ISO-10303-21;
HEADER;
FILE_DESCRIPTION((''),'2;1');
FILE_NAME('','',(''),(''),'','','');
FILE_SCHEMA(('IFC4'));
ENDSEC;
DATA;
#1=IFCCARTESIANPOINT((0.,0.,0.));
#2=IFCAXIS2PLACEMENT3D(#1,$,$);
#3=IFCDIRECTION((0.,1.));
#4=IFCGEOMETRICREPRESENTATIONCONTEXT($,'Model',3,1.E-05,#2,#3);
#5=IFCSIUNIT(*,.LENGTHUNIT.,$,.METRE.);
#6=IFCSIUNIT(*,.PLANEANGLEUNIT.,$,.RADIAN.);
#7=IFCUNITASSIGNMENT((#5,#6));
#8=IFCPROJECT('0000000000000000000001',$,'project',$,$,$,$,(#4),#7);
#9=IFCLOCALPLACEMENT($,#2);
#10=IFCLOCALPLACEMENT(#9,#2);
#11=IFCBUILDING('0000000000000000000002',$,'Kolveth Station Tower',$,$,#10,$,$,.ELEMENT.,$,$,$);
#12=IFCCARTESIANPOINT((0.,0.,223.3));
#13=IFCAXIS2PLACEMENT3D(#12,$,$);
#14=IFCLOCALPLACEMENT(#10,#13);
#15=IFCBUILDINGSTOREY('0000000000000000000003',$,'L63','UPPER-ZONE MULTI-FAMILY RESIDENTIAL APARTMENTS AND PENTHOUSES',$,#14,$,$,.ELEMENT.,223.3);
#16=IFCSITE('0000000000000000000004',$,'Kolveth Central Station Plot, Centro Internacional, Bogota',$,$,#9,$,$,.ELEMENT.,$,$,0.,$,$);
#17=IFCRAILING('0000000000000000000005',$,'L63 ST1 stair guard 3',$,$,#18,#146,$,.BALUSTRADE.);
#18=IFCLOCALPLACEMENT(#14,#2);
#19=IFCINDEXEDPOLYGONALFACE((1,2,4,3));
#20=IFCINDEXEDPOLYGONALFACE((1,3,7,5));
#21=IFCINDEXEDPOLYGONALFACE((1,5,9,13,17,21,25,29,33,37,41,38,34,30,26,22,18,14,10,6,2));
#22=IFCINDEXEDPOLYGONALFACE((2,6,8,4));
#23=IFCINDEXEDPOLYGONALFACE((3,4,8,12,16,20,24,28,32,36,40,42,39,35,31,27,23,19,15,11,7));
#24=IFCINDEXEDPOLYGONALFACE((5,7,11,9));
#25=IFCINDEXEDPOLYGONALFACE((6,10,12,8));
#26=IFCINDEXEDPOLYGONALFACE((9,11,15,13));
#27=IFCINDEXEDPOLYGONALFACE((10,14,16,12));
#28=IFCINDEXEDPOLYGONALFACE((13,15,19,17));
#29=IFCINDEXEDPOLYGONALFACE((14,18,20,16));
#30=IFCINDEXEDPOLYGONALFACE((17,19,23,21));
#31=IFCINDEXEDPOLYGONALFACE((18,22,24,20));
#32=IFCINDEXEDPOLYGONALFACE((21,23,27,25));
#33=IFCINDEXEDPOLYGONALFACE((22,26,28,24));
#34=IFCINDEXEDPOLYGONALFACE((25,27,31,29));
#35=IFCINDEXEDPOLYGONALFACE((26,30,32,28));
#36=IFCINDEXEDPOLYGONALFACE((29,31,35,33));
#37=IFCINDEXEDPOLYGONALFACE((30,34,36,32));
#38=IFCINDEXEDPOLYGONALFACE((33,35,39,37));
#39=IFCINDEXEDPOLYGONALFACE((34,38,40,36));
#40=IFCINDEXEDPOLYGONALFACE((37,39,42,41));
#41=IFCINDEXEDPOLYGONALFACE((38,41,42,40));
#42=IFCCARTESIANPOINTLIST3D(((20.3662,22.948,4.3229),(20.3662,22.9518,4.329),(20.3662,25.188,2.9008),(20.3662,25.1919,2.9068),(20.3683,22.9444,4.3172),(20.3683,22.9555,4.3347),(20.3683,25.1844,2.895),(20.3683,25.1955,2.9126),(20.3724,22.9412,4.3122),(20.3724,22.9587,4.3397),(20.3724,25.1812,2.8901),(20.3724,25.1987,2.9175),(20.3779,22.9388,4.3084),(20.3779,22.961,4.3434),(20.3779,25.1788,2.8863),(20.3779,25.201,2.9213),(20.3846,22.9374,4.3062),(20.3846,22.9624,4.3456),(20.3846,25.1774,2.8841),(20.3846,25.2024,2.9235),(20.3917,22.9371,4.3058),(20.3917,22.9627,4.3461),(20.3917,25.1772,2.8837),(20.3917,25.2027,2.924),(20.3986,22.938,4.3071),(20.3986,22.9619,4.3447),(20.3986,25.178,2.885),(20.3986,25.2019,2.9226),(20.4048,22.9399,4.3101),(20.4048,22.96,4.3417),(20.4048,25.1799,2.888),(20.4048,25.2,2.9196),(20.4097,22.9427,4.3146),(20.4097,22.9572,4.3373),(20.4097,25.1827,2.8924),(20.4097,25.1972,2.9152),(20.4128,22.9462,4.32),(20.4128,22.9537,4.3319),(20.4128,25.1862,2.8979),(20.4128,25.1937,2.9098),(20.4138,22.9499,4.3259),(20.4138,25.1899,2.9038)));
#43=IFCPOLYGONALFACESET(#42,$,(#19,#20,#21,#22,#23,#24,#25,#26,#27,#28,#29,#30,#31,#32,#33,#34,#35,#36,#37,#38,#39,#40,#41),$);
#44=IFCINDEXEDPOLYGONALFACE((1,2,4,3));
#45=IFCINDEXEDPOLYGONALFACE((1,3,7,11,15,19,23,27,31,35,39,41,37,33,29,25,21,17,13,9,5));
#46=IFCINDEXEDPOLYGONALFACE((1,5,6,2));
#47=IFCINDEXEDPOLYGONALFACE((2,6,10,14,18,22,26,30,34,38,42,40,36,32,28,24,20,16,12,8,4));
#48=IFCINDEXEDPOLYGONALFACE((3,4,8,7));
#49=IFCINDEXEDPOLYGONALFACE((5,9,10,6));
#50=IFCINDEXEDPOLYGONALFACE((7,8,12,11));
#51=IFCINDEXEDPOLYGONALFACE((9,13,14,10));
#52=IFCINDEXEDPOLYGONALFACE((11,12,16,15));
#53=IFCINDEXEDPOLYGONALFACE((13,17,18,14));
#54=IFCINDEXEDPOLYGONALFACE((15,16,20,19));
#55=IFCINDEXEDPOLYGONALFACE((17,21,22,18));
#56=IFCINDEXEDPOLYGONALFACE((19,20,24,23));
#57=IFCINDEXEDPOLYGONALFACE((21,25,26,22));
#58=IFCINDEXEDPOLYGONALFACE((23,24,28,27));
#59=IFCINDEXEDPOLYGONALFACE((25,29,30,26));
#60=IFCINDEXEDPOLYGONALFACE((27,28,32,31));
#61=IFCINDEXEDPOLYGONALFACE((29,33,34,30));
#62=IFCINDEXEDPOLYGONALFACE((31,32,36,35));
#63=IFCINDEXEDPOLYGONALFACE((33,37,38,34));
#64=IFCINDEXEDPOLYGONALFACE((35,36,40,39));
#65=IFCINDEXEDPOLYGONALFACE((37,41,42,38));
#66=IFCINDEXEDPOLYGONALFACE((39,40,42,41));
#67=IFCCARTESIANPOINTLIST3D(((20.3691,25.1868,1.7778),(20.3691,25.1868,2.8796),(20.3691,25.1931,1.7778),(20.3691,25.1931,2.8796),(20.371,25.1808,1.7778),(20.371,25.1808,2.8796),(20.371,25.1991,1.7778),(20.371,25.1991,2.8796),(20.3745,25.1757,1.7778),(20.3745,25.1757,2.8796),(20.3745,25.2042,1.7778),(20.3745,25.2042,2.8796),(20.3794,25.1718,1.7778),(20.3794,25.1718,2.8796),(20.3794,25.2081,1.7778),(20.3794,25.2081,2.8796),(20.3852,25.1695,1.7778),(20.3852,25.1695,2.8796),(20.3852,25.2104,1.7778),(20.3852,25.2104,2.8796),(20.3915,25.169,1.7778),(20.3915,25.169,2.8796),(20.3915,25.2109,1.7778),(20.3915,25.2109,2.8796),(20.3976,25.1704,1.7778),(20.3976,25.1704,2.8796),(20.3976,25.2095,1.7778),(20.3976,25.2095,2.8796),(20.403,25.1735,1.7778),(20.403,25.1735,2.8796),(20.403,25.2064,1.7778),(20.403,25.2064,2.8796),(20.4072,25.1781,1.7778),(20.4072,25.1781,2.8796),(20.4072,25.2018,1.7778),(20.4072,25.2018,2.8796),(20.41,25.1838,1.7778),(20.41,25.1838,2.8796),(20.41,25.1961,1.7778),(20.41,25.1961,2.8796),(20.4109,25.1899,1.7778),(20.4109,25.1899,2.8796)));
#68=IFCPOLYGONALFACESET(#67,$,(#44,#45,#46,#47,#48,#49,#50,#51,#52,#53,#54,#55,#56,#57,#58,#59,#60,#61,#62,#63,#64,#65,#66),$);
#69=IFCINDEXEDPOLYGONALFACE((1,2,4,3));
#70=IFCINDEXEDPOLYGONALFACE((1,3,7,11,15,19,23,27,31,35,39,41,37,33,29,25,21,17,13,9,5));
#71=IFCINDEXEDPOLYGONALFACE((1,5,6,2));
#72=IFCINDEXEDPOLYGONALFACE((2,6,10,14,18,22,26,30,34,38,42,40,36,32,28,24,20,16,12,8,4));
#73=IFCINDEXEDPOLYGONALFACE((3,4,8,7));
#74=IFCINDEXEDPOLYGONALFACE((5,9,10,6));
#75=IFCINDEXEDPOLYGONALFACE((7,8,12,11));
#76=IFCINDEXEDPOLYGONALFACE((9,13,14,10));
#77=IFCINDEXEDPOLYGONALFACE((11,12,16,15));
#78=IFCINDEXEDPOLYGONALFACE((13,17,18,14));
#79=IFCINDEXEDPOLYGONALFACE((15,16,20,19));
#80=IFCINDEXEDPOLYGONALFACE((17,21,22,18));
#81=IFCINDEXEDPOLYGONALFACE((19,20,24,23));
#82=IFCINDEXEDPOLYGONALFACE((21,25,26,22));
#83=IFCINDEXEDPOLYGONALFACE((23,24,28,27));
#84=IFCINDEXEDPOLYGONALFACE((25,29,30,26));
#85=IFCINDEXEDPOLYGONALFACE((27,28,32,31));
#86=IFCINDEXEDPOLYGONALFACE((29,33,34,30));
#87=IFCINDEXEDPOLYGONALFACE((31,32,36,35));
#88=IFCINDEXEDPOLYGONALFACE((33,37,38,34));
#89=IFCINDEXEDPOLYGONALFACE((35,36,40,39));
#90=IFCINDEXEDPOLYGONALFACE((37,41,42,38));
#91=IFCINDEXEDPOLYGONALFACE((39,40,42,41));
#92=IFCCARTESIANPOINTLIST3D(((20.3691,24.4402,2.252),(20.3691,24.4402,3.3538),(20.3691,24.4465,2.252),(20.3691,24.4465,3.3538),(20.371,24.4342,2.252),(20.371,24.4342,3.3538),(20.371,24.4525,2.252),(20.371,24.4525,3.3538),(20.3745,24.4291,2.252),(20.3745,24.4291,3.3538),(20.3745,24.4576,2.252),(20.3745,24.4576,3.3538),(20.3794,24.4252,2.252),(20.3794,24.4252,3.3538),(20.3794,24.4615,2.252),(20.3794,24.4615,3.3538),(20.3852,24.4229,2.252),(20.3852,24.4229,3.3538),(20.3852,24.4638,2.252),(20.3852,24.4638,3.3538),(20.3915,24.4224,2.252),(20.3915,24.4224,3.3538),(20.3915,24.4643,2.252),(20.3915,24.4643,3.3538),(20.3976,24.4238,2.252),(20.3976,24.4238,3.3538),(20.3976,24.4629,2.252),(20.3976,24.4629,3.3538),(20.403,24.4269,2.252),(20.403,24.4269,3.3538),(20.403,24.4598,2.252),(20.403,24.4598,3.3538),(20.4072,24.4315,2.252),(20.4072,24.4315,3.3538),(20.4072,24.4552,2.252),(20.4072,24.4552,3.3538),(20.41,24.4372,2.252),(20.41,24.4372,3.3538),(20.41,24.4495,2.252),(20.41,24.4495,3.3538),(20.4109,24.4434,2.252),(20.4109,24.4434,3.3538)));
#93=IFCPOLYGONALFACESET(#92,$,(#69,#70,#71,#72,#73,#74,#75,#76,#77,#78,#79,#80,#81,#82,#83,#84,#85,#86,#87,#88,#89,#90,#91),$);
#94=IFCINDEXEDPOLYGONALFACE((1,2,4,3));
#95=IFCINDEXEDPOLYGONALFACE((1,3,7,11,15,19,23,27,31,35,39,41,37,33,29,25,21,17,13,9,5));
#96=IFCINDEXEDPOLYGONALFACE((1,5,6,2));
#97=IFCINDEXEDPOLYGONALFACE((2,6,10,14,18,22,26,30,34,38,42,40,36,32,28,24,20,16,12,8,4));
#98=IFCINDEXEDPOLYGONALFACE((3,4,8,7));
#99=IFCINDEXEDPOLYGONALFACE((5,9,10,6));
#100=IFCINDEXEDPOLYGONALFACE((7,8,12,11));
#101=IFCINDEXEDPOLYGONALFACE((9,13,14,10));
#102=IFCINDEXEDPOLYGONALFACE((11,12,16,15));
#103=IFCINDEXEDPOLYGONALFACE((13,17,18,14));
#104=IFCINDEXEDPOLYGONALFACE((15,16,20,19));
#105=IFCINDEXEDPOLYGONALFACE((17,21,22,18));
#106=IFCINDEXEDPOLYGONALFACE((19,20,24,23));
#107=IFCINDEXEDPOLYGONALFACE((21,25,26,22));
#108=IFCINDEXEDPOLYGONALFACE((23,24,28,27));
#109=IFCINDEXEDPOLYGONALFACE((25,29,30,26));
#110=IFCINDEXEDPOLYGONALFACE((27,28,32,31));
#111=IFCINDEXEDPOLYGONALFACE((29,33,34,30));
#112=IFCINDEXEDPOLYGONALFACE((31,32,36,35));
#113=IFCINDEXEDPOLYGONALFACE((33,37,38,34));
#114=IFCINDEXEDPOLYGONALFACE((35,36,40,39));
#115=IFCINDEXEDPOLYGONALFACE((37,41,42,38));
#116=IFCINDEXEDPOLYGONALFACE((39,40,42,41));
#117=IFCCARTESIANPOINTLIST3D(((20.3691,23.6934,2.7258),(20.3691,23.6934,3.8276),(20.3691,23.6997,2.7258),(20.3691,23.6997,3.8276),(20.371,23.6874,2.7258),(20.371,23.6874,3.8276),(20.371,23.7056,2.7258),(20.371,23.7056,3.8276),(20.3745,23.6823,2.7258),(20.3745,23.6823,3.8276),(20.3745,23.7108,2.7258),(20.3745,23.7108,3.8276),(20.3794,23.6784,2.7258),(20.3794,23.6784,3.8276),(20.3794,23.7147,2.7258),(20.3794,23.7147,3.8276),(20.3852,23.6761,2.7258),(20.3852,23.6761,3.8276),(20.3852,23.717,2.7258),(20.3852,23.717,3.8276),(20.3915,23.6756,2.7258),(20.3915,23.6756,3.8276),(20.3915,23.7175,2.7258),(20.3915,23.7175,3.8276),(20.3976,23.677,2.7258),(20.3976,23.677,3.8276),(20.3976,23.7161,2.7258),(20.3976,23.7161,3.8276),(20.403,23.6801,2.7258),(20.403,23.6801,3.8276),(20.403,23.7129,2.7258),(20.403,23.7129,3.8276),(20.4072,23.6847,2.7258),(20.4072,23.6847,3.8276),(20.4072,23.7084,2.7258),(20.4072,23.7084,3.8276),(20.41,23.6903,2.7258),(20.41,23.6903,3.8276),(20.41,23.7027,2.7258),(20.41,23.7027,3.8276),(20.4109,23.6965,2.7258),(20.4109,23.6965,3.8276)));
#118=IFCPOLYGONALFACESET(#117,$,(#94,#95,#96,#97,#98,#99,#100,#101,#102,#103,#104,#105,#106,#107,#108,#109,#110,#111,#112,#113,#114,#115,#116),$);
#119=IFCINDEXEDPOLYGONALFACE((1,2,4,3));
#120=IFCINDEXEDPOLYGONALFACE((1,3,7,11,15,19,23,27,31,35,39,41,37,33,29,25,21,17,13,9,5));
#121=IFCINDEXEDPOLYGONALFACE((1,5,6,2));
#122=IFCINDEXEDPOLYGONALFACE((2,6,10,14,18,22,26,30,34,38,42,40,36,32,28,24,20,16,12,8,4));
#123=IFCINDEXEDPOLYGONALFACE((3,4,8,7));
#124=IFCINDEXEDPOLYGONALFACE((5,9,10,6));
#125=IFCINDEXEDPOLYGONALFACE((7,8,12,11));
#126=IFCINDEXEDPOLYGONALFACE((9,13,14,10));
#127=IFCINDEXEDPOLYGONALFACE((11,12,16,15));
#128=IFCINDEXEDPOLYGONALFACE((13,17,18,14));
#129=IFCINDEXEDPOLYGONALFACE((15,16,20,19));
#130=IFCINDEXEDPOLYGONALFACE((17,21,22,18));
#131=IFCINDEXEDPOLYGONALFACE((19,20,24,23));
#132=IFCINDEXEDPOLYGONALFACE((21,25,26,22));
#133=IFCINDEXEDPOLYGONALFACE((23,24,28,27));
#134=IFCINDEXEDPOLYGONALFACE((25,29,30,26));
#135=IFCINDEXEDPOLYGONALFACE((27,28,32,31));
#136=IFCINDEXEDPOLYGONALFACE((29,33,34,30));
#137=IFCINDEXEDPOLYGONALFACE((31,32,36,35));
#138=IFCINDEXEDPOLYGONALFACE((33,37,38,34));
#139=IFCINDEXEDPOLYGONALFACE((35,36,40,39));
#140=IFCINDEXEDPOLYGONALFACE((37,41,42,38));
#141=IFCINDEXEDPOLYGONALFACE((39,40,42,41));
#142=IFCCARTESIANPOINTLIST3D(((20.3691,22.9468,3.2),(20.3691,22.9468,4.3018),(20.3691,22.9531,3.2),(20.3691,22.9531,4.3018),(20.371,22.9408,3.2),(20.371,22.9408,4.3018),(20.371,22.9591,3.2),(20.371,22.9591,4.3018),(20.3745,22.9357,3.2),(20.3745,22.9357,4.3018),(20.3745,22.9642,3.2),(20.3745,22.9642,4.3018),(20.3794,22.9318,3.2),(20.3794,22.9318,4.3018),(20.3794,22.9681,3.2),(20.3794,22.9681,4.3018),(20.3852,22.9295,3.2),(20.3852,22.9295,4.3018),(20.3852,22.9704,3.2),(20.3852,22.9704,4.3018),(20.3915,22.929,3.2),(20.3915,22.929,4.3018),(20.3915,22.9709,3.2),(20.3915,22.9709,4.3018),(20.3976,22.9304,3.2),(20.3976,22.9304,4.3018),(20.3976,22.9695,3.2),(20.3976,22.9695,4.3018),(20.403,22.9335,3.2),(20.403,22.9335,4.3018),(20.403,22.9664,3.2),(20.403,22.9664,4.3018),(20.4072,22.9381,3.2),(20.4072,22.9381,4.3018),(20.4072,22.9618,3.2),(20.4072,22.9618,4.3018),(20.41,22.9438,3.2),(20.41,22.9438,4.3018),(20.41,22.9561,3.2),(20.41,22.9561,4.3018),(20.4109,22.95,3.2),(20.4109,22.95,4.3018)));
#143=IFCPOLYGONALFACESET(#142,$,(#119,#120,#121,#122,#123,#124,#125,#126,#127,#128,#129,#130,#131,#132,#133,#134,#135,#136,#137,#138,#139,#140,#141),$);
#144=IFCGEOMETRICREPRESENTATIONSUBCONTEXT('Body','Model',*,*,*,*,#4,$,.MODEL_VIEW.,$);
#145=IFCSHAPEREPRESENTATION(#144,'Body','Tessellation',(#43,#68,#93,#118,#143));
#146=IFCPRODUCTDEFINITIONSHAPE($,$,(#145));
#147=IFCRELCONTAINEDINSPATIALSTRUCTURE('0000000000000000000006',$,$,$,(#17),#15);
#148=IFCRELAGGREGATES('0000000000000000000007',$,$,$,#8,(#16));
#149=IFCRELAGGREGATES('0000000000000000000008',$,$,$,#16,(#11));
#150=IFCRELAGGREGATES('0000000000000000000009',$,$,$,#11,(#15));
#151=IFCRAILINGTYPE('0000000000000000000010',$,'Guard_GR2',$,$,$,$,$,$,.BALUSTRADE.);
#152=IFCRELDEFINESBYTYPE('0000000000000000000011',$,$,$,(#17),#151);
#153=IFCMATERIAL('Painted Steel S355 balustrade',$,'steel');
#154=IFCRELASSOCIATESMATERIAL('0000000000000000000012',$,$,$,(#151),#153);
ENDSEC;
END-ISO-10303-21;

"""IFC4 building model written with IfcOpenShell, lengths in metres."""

from ifc_helpers import new_model, si_unit, direction, frame, origin, origin_2d, place, context, subcontext, project, spatial, circle, extrude, material, type_object, element, save


model = new_model("IFC4")

# Units and contexts
model_context = context("Model", 3, precision=1e-05, world=origin(), true_north=direction((0.0, 1.0)))
body_context = subcontext(model_context, "Body", "Model", "MODEL_VIEW")
ifc_project = project(units=[si_unit("LENGTHUNIT", "METRE"), si_unit("PLANEANGLEUNIT", "RADIAN")], contexts=[model_context])

# Site, building, storey
site_placement = place(None, origin())
site = spatial("IfcSite", under=ifc_project, at=site_placement, Name="Kolveth Central Station Plot, Centro Internacional, Bogota", CompositionType="ELEMENT", RefElevation=0.0)
building_placement = place(site_placement, origin())
building = spatial("IfcBuilding", under=site, at=building_placement, Name="Kolveth Station Tower", CompositionType="ELEMENT")
storey_placement = place(building_placement, frame((0.0, 0.0, 223.3)))
storey = spatial("IfcBuildingStorey", under=building, at=storey_placement, Name="L63", Description="UPPER-ZONE MULTI-FAMILY RESIDENTIAL APARTMENTS AND PENTHOUSES", CompositionType="ELEMENT", Elevation=223.3)

# Railing
ifc_material_1 = material(Name="Painted Steel S355 balustrade", Category="steel")
railing_type_1 = type_object("IfcRailingType", Name="Guard_GR2", PredefinedType="BALUSTRADE", material=ifc_material_1)
railing_1_placement = place(storey_placement, frame((20.3899, 25.1899, 1.7778)))
element("IfcRailing", 1, at=railing_1_placement, inside=storey, type_object=railing_type_1, Name="L63 ST1 stair guard 3", PredefinedType="BALUSTRADE", context=body_context, shape_type="SweptSolid", body=[
    extrude(circle(Radius=0.0239, at=origin_2d()), frame((0.0, 0.0, 1.126), z_axis=(0.0, -0.844229, 0.535982), x_axis=(1.0, 0.0, 0.0)), (0.0, 0.0, 1.0), 2.6533),
    extrude(circle(Radius=0.021, at=origin_2d()), origin(), (0.0, 0.0, 1.0), 1.1018),
    extrude(circle(Radius=0.021, at=origin_2d()), frame((0.0, -0.7466, 0.4741)), (0.0, 0.0, 1.0), 1.1018),
    extrude(circle(Radius=0.021, at=origin_2d()), frame((0.0, -1.4934, 0.948)), (0.0, 0.0, 1.0), 1.1018),
    extrude(circle(Radius=0.021, at=origin_2d()), frame((0.0, -2.24, 1.4221)), (0.0, 0.0, 1.0), 1.1018),
])

save(model, "model.ifc")
